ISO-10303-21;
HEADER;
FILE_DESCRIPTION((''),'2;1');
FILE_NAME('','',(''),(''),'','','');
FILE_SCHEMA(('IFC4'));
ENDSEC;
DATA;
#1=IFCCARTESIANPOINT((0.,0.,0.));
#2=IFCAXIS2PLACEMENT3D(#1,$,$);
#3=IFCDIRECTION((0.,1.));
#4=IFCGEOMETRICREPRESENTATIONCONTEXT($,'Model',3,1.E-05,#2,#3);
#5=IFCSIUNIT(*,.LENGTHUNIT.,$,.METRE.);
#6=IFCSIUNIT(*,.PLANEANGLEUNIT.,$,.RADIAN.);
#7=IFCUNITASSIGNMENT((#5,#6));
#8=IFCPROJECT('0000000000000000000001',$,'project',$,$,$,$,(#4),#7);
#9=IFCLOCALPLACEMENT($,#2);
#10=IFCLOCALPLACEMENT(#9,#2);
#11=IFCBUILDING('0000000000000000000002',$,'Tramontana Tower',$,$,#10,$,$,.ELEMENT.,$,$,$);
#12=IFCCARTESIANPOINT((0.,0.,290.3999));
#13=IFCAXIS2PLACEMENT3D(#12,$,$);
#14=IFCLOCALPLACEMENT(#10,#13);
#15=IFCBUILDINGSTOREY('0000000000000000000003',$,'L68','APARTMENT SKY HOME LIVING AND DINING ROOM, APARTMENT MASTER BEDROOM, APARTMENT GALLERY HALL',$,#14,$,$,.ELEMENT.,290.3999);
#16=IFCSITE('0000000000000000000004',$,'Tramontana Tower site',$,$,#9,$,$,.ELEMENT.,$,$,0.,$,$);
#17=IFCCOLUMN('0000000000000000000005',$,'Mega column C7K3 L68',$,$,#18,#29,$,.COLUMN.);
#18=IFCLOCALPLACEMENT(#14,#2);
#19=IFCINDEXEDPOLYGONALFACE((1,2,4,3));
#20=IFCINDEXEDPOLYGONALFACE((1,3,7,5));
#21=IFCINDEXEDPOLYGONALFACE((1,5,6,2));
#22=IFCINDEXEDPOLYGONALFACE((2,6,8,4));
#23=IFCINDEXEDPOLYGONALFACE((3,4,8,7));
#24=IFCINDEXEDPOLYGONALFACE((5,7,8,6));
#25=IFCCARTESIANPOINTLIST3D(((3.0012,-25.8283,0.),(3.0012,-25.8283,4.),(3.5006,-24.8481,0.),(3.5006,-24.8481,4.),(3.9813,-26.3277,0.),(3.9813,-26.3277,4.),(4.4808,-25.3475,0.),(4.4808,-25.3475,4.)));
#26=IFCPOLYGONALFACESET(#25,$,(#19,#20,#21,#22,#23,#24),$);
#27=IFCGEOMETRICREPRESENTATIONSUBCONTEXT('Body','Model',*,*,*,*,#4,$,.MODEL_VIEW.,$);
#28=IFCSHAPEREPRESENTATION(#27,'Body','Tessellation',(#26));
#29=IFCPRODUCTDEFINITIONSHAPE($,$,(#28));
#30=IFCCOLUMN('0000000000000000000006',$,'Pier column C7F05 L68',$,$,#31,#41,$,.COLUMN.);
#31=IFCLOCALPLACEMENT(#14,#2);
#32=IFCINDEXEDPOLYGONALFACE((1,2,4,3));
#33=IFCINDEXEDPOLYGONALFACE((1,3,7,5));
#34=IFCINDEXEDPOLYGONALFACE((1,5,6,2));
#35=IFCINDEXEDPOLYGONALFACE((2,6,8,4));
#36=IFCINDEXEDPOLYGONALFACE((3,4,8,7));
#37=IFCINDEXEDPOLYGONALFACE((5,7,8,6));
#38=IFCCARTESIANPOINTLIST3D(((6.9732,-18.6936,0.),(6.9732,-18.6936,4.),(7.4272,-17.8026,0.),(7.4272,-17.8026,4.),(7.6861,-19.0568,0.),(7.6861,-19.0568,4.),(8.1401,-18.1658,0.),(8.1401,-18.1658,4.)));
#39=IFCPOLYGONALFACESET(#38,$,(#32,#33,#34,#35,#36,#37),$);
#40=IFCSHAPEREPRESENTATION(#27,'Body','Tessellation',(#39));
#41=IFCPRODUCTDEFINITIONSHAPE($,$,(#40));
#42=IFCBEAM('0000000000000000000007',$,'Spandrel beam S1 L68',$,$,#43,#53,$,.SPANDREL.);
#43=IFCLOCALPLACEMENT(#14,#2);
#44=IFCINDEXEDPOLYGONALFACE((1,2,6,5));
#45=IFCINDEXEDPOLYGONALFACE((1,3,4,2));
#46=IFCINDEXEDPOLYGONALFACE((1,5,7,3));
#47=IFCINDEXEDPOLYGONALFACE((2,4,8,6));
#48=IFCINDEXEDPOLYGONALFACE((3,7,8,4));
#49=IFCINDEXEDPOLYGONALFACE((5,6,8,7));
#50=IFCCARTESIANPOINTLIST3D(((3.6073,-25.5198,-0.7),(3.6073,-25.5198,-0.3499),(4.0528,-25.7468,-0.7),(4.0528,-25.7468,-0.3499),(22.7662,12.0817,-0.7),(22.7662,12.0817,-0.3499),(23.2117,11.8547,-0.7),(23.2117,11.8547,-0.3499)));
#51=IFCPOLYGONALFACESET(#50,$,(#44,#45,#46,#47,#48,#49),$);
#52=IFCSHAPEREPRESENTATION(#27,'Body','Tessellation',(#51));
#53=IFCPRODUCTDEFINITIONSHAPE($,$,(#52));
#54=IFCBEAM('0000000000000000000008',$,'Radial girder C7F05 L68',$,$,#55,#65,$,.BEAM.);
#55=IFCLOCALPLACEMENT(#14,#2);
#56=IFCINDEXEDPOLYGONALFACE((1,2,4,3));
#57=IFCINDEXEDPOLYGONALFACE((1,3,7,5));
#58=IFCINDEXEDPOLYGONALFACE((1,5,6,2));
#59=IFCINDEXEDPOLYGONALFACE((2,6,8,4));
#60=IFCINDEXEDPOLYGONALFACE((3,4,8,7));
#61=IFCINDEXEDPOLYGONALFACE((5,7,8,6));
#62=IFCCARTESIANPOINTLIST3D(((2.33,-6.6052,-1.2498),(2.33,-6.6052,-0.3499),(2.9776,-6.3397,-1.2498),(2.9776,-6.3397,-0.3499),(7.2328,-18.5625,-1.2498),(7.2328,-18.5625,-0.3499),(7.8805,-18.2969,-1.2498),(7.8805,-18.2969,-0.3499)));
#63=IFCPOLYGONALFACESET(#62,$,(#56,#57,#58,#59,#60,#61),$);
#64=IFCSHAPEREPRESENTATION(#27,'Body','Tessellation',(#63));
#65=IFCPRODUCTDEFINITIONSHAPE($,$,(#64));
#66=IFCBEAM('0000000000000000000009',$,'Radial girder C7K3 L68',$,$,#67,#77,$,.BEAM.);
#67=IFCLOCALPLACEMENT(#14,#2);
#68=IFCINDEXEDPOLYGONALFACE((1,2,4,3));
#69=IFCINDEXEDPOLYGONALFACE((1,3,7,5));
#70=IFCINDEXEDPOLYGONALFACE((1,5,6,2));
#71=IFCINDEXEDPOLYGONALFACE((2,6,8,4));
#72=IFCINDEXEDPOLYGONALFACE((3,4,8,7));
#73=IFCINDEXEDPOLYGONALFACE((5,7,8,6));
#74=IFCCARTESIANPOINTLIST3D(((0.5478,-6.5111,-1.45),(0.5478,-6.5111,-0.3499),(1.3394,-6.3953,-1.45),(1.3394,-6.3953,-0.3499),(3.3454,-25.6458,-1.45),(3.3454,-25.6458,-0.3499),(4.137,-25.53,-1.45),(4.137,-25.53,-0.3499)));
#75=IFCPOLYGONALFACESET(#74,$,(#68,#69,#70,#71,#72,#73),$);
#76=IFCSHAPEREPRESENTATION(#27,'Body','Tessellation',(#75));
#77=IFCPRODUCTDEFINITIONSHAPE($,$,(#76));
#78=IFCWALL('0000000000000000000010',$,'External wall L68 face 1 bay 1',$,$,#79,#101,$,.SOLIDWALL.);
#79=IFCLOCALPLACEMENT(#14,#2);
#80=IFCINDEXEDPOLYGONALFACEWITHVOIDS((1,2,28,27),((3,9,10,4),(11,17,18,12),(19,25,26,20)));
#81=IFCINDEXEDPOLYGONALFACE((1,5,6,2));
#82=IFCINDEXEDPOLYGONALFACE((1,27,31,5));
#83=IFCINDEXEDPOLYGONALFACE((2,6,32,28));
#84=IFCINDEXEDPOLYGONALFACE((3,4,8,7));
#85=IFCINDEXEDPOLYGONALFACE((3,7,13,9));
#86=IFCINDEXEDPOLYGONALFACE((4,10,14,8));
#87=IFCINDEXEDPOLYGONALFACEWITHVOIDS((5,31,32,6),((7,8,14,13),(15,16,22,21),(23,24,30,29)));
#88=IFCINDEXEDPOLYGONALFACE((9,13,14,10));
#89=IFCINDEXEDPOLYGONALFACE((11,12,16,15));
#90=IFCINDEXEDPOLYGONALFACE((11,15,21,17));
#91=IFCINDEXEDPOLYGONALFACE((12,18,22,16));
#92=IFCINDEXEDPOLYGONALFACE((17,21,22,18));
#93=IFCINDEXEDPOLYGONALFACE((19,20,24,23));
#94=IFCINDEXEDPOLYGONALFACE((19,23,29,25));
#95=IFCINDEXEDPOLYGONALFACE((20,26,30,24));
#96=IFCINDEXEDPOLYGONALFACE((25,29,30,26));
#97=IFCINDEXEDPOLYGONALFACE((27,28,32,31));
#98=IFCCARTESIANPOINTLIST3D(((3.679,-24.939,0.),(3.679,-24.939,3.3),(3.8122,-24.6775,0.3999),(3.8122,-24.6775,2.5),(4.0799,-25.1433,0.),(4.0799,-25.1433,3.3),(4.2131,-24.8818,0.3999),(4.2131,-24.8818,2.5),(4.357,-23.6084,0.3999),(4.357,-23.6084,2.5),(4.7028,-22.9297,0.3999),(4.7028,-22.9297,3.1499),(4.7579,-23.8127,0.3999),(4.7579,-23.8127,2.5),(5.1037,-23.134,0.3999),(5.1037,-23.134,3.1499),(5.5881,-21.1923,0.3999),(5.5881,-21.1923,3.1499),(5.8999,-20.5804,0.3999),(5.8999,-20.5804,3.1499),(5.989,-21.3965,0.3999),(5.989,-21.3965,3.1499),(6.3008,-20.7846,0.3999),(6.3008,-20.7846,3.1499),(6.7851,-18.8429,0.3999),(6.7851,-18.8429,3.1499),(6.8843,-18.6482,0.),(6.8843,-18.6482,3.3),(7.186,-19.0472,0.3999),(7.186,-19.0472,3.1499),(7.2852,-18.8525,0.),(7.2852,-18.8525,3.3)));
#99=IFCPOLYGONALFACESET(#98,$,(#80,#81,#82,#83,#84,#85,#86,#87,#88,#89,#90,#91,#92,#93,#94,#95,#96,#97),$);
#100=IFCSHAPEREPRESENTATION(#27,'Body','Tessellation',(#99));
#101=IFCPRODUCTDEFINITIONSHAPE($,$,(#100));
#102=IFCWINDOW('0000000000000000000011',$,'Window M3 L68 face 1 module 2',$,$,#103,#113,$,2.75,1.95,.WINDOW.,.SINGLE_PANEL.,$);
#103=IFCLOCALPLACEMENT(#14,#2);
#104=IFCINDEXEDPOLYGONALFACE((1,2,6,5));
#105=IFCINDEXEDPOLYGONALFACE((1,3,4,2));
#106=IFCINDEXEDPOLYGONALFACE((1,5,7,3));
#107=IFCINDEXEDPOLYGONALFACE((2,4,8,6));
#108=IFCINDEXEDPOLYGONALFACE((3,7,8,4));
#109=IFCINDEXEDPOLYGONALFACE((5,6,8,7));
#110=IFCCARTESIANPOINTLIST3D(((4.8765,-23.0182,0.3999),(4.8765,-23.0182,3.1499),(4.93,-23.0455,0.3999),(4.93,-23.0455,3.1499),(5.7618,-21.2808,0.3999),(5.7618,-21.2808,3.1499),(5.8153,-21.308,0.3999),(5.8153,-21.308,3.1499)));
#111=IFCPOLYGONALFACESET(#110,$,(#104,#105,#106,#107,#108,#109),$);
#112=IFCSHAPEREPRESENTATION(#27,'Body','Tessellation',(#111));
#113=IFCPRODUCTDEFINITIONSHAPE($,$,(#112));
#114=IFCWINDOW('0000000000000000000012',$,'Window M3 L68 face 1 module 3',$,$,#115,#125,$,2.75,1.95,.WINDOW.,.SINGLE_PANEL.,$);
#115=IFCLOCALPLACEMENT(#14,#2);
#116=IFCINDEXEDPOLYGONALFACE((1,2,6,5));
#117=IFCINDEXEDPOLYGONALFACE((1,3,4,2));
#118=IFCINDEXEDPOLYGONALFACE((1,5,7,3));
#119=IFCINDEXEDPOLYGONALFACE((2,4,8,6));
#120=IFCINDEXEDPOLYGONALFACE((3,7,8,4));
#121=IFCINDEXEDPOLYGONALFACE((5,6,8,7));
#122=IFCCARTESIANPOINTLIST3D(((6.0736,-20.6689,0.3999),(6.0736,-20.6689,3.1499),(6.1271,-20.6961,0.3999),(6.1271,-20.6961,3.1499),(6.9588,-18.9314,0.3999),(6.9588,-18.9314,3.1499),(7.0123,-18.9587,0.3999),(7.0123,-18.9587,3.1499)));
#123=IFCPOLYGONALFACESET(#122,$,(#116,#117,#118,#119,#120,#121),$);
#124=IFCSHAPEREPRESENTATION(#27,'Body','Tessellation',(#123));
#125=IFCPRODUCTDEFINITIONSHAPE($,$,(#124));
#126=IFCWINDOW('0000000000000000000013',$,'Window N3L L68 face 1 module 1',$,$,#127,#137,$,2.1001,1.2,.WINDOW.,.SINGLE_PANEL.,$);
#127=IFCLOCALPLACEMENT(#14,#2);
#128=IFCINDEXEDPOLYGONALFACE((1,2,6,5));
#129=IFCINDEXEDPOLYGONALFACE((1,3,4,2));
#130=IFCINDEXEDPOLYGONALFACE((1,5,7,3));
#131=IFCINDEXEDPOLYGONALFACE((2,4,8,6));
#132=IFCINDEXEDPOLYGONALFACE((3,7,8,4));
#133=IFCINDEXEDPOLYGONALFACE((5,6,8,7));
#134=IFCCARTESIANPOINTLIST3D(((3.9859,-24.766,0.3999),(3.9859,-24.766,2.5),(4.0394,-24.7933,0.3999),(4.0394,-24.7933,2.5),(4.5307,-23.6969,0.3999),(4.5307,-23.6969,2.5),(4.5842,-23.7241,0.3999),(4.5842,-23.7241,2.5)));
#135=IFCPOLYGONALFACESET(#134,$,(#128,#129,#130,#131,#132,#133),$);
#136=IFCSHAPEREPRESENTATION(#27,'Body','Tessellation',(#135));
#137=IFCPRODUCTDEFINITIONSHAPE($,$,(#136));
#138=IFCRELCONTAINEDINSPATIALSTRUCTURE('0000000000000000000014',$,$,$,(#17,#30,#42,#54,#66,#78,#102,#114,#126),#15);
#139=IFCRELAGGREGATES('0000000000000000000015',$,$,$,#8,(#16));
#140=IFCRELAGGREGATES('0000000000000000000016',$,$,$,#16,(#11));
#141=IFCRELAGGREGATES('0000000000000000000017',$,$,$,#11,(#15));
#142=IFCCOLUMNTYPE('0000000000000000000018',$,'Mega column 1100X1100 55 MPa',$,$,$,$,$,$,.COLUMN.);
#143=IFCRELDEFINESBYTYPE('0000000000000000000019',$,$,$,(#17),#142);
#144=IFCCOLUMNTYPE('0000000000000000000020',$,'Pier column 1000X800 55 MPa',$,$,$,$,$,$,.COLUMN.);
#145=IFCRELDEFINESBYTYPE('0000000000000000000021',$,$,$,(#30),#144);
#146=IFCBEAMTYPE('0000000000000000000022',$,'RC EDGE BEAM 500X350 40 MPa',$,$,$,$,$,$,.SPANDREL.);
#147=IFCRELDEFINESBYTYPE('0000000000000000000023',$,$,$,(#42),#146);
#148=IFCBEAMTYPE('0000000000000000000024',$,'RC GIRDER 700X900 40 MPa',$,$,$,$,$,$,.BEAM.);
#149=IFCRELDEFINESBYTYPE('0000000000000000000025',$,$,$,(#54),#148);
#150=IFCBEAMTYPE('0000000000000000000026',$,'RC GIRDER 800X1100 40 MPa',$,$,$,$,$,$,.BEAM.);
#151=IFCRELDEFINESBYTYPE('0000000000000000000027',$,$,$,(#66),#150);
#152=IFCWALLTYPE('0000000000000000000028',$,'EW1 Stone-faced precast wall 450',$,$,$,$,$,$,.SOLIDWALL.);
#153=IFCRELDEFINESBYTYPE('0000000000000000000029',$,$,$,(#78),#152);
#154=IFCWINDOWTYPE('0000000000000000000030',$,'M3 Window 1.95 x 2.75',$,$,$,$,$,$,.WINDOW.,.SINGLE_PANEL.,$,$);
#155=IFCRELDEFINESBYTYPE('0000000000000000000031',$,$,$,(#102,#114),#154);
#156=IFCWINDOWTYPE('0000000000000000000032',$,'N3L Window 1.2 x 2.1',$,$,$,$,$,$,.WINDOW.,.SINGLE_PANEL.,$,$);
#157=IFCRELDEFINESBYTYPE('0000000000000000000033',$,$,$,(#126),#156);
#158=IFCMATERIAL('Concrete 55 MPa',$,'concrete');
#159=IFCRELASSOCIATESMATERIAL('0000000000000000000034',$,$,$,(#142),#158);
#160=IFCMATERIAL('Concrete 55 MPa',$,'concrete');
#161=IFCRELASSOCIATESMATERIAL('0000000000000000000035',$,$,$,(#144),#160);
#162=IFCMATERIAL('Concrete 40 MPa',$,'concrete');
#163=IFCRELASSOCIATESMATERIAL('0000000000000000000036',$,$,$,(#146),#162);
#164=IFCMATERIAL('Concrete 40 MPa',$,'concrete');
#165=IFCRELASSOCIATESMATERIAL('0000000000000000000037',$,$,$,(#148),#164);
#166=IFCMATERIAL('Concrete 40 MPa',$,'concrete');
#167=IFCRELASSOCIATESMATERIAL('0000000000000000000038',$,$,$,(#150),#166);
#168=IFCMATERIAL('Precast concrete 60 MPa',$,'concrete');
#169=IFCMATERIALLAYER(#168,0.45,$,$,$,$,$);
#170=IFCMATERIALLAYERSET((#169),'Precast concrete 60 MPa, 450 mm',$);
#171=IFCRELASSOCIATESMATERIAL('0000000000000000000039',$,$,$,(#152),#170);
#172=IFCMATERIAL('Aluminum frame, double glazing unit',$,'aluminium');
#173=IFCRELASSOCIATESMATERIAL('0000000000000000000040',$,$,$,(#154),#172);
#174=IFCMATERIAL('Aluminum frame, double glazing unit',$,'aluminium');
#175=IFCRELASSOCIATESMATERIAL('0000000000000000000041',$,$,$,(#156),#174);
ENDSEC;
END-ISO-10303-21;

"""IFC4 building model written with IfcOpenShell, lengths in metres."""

from ifc_helpers import new_model, si_unit, direction, frame, frame_2d, origin, origin_2d, place, context, subcontext, project, spatial, rectangle, extrude, material, layer, layer_set, material_profile, profile_set, type_object, element, fill, save


model = new_model("IFC4")

# Units and contexts
model_context = context("Model", 3, precision=1e-05, world=origin(), true_north=direction((0.0, 1.0)))
body_context = subcontext(model_context, "Body", "Model", "MODEL_VIEW")
ifc_project = project(units=[si_unit("LENGTHUNIT", "METRE"), si_unit("PLANEANGLEUNIT", "RADIAN")], contexts=[model_context])

# Site, building, storey
site_placement = place(None, origin())
site = spatial("IfcSite", under=ifc_project, at=site_placement, Name="Tramontana Tower site", CompositionType="ELEMENT", RefElevation=0.0)
building_placement = place(site_placement, origin())
building = spatial("IfcBuilding", under=site, at=building_placement, Name="Tramontana Tower", CompositionType="ELEMENT")
storey_placement = place(building_placement, frame((0.0, 0.0, 290.3999)))
storey = spatial("IfcBuildingStorey", under=building, at=storey_placement, Name="L68", Description="APARTMENT SKY HOME LIVING AND DINING ROOM, APARTMENT MASTER BEDROOM, APARTMENT GALLERY HALL", CompositionType="ELEMENT", Elevation=290.3999)

# Columns
ifc_material_1 = material(Name="Concrete 55 MPa", Category="concrete")
ifc_material_profile_1 = material_profile(ifc_material_1, rectangle(XDim=1.1001, YDim=1.1001, at=origin_2d()), Name="Mega column 1100X1100 55 MPa")
ifc_profile_set_1 = profile_set([ifc_material_profile_1], Name="Concrete 55 MPa")
column_type_1 = type_object("IfcColumnType", Name="Mega column 1100X1100 55 MPa", PredefinedType="COLUMN", material=ifc_profile_set_1)
column_1_placement = place(storey_placement, frame((3.741, -25.5879, 0.0), z_axis=(0.0, 0.0, 1.0), x_axis=(0.45399, 0.891007, 0.0)))
element("IfcColumn", 1, at=column_1_placement, inside=storey, type_object=column_type_1, Name="Mega column C7K3 L68", PredefinedType="COLUMN", context=body_context, shape_type="SweptSolid", body=[
    extrude(rectangle(XDim=1.1001, YDim=1.1001, at=origin_2d()), origin(), (0.0, 0.0, 1.0), 4.0),
])
ifc_material_2 = material(Name="Concrete 55 MPa", Category="concrete")
ifc_material_profile_2 = material_profile(ifc_material_2, rectangle(XDim=1.0, YDim=0.8, at=origin_2d()), Name="Pier column 1000X800 55 MPa")
ifc_profile_set_2 = profile_set([ifc_material_profile_2], Name="Concrete 55 MPa")
column_type_2 = type_object("IfcColumnType", Name="Pier column 1000X800 55 MPa", PredefinedType="COLUMN", material=ifc_profile_set_2)
column_2_placement = place(storey_placement, frame((7.5566, -18.4297, 0.0), z_axis=(0.0, 0.0, 1.0), x_axis=(0.45399, 0.891007, 0.0)))
element("IfcColumn", 2, at=column_2_placement, inside=storey, type_object=column_type_2, Name="Pier column C7F05 L68", PredefinedType="COLUMN", context=body_context, shape_type="SweptSolid", body=[
    extrude(rectangle(XDim=1.0, YDim=0.8, at=origin_2d()), origin(), (0.0, 0.0, 1.0), 4.0),
])

# Beams
ifc_material_3 = material(Name="Concrete 40 MPa", Category="concrete")
ifc_material_profile_3 = material_profile(ifc_material_3, rectangle(XDim=0.5, YDim=0.3501, at=origin_2d()), Name="RC EDGE BEAM 500X350 40 MPa")
ifc_profile_set_3 = profile_set([ifc_material_profile_3], Name="Concrete 40 MPa")
beam_type_1 = type_object("IfcBeamType", Name="RC EDGE BEAM 500X350 40 MPa", PredefinedType="SPANDREL", material=ifc_profile_set_3)
beam_1_placement = place(storey_placement, frame((3.8301, -25.6333, -0.5249), z_axis=(0.45399, 0.891007, 0.0), x_axis=(-0.891007, 0.45399, 0.0)))
element("IfcBeam", 3, at=beam_1_placement, inside=storey, type_object=beam_type_1, Name="Spandrel beam S1 L68", PredefinedType="SPANDREL", context=body_context, shape_type="SweptSolid", body=[
    extrude(rectangle(XDim=0.5, YDim=0.3501, at=origin_2d()), origin(), (0.0, 0.0, 1.0), 42.2012),
])
ifc_material_4 = material(Name="Concrete 40 MPa", Category="concrete")
ifc_material_profile_4 = material_profile(ifc_material_4, rectangle(XDim=0.7, YDim=0.8999, at=origin_2d()), Name="RC GIRDER 700X900 40 MPa")
ifc_profile_set_4 = profile_set([ifc_material_profile_4], Name="Concrete 40 MPa")
beam_type_2 = type_object("IfcBeamType", Name="RC GIRDER 700X900 40 MPa", PredefinedType="BEAM", material=ifc_profile_set_4)
beam_2_placement = place(storey_placement, frame((7.5566, -18.4297, -0.7998), z_axis=(-0.379376, 0.925242, 0.0), x_axis=(-0.925242, -0.379376, 0.0)))
element("IfcBeam", 4, at=beam_2_placement, inside=storey, type_object=beam_type_2, Name="Radial girder C7F05 L68", PredefinedType="BEAM", context=body_context, shape_type="SweptSolid", body=[
    extrude(rectangle(XDim=0.7, YDim=0.8999, at=origin_2d()), origin(), (0.0, 0.0, 1.0), 12.9233),
])
ifc_material_5 = material(Name="Concrete 40 MPa", Category="concrete")
ifc_material_profile_5 = material_profile(ifc_material_5, rectangle(XDim=0.8, YDim=1.1001, at=origin_2d()), Name="RC GIRDER 800X1100 40 MPa")
ifc_profile_set_5 = profile_set([ifc_material_profile_5], Name="Concrete 40 MPa")
beam_type_3 = type_object("IfcBeamType", Name="RC GIRDER 800X1100 40 MPa", PredefinedType="BEAM", material=ifc_profile_set_5)
beam_3_placement = place(storey_placement, frame((3.7412, -25.5879, -0.8999), z_axis=(-0.144667, 0.98948, 0.0), x_axis=(-0.98948, -0.144667, 0.0)))
element("IfcBeam", 5, at=beam_3_placement, inside=storey, type_object=beam_type_3, Name="Radial girder C7K3 L68", PredefinedType="BEAM", context=body_context, shape_type="SweptSolid", body=[
    extrude(rectangle(XDim=0.8, YDim=1.1001, at=origin_2d()), origin(), (0.0, 0.0, 1.0), 19.3381),
])

# Wall, openings, windows
ifc_material_6 = material(Name="Precast concrete 60 MPa", Category="concrete")
ifc_layer_1 = layer(ifc_material_6, 0.45)
ifc_layer_set_1 = layer_set([ifc_layer_1], Name="Precast concrete 60 MPa, 450 mm")
wall_type_1 = type_object("IfcWallType", Name="EW1 Stone-faced precast wall 450", PredefinedType="SOLIDWALL", material=ifc_layer_set_1)
wall_1_placement = place(storey_placement, frame((3.8794, -25.0413, 0.0), z_axis=(0.0, 0.0, 1.0), x_axis=(0.453992, 0.891006, 0.0)))
wall_1 = element("IfcWall", 6, at=wall_1_placement, inside=storey, type_object=wall_type_1, Name="External wall L68 face 1 bay 1", PredefinedType="SOLIDWALL", context=body_context, shape_type="SweptSolid", body=[
    extrude(rectangle(XDim=7.0603, YDim=0.45, at=frame_2d((3.5303, 0.0))), origin(), (0.0, 0.0, 1.0), 3.3),
])
opening_1_placement = place(wall_1_placement, frame((0.2935, 0.0, 0.3999)))
opening_1 = element("IfcOpeningElement", 7, at=opening_1_placement, cuts=wall_1, PredefinedType="OPENING", context=body_context, shape_type="SweptSolid", body=[
    extrude(rectangle(XDim=1.2, YDim=2.1001, at=frame_2d((0.6001, 1.05))), frame((0.0, 0.2349, 0.0), z_axis=(0.0, -1.0, 0.0), x_axis=(1.0, 0.0, 0.0)), (0.0, 0.0, 1.0), 0.47),
])
opening_2_placement = place(wall_1_placement, frame((2.2551, 0.0, 0.3999)))
opening_2 = element("IfcOpeningElement", 8, at=opening_2_placement, cuts=wall_1, PredefinedType="OPENING", context=body_context, shape_type="SweptSolid", body=[
    extrude(rectangle(XDim=1.95, YDim=2.75, at=frame_2d((0.9751, 1.375))), frame((0.0, 0.2349, 0.0), z_axis=(0.0, -1.0, 0.0), x_axis=(1.0, 0.0, 0.0)), (0.0, 0.0, 1.0), 0.47),
])
opening_3_placement = place(wall_1_placement, frame((4.8918, 0.0, 0.3999)))
opening_3 = element("IfcOpeningElement", 9, at=opening_3_placement, cuts=wall_1, PredefinedType="OPENING", context=body_context, shape_type="SweptSolid", body=[
    extrude(rectangle(XDim=1.95, YDim=2.75, at=frame_2d((0.9751, 1.375))), frame((0.0, 0.2349, 0.0), z_axis=(0.0, -1.0, 0.0), x_axis=(1.0, 0.0, 0.0)), (0.0, 0.0, 1.0), 0.47),
])
ifc_material_7 = material(Name="Aluminum frame, double glazing unit", Category="aluminium")
window_type_1 = type_object("IfcWindowType", Name="M3 Window 1.95 x 2.75", PartitioningType="SINGLE_PANEL", PredefinedType="WINDOW", material=ifc_material_7)
window_1_placement = place(opening_2_placement, origin())
window_1 = element("IfcWindow", 10, at=window_1_placement, inside=storey, type_object=window_type_1, Name="Window M3 L68 face 1 module 2", OverallHeight=2.75, OverallWidth=1.95, PartitioningType="SINGLE_PANEL", PredefinedType="WINDOW", context=body_context, shape_type="SweptSolid", body=[
    extrude(rectangle(XDim=1.95, YDim=2.75, at=frame_2d((0.9751, 1.375))), frame((0.0, 0.03, 0.0), z_axis=(0.0, -1.0, 0.0), x_axis=(1.0, 0.0, 0.0)), (0.0, 0.0, 1.0), 0.0601),
])
fill(opening_2, window_1)
window_2_placement = place(opening_3_placement, origin())
window_2 = element("IfcWindow", 11, at=window_2_placement, inside=storey, type_object=window_type_1, Name="Window M3 L68 face 1 module 3", OverallHeight=2.75, OverallWidth=1.95, PartitioningType="SINGLE_PANEL", PredefinedType="WINDOW", context=body_context, shape_type="SweptSolid", body=[
    extrude(rectangle(XDim=1.95, YDim=2.75, at=frame_2d((0.9751, 1.375))), frame((0.0, 0.03, 0.0), z_axis=(0.0, -1.0, 0.0), x_axis=(1.0, 0.0, 0.0)), (0.0, 0.0, 1.0), 0.0601),
])
fill(opening_3, window_2)
ifc_material_8 = material(Name="Aluminum frame, double glazing unit", Category="aluminium")
window_type_2 = type_object("IfcWindowType", Name="N3L Window 1.2 x 2.1", PartitioningType="SINGLE_PANEL", PredefinedType="WINDOW", material=ifc_material_8)
window_3_placement = place(opening_1_placement, origin())
window_3 = element("IfcWindow", 12, at=window_3_placement, inside=storey, type_object=window_type_2, Name="Window N3L L68 face 1 module 1", OverallHeight=2.1001, OverallWidth=1.2, PartitioningType="SINGLE_PANEL", PredefinedType="WINDOW", context=body_context, shape_type="SweptSolid", body=[
    extrude(rectangle(XDim=1.2, YDim=2.1001, at=frame_2d((0.6001, 1.05))), frame((0.0, 0.03, 0.0), z_axis=(0.0, -1.0, 0.0), x_axis=(1.0, 0.0, 0.0)), (0.0, 0.0, 1.0), 0.0601),
])
fill(opening_1, window_3)

save(model, "model.ifc")
